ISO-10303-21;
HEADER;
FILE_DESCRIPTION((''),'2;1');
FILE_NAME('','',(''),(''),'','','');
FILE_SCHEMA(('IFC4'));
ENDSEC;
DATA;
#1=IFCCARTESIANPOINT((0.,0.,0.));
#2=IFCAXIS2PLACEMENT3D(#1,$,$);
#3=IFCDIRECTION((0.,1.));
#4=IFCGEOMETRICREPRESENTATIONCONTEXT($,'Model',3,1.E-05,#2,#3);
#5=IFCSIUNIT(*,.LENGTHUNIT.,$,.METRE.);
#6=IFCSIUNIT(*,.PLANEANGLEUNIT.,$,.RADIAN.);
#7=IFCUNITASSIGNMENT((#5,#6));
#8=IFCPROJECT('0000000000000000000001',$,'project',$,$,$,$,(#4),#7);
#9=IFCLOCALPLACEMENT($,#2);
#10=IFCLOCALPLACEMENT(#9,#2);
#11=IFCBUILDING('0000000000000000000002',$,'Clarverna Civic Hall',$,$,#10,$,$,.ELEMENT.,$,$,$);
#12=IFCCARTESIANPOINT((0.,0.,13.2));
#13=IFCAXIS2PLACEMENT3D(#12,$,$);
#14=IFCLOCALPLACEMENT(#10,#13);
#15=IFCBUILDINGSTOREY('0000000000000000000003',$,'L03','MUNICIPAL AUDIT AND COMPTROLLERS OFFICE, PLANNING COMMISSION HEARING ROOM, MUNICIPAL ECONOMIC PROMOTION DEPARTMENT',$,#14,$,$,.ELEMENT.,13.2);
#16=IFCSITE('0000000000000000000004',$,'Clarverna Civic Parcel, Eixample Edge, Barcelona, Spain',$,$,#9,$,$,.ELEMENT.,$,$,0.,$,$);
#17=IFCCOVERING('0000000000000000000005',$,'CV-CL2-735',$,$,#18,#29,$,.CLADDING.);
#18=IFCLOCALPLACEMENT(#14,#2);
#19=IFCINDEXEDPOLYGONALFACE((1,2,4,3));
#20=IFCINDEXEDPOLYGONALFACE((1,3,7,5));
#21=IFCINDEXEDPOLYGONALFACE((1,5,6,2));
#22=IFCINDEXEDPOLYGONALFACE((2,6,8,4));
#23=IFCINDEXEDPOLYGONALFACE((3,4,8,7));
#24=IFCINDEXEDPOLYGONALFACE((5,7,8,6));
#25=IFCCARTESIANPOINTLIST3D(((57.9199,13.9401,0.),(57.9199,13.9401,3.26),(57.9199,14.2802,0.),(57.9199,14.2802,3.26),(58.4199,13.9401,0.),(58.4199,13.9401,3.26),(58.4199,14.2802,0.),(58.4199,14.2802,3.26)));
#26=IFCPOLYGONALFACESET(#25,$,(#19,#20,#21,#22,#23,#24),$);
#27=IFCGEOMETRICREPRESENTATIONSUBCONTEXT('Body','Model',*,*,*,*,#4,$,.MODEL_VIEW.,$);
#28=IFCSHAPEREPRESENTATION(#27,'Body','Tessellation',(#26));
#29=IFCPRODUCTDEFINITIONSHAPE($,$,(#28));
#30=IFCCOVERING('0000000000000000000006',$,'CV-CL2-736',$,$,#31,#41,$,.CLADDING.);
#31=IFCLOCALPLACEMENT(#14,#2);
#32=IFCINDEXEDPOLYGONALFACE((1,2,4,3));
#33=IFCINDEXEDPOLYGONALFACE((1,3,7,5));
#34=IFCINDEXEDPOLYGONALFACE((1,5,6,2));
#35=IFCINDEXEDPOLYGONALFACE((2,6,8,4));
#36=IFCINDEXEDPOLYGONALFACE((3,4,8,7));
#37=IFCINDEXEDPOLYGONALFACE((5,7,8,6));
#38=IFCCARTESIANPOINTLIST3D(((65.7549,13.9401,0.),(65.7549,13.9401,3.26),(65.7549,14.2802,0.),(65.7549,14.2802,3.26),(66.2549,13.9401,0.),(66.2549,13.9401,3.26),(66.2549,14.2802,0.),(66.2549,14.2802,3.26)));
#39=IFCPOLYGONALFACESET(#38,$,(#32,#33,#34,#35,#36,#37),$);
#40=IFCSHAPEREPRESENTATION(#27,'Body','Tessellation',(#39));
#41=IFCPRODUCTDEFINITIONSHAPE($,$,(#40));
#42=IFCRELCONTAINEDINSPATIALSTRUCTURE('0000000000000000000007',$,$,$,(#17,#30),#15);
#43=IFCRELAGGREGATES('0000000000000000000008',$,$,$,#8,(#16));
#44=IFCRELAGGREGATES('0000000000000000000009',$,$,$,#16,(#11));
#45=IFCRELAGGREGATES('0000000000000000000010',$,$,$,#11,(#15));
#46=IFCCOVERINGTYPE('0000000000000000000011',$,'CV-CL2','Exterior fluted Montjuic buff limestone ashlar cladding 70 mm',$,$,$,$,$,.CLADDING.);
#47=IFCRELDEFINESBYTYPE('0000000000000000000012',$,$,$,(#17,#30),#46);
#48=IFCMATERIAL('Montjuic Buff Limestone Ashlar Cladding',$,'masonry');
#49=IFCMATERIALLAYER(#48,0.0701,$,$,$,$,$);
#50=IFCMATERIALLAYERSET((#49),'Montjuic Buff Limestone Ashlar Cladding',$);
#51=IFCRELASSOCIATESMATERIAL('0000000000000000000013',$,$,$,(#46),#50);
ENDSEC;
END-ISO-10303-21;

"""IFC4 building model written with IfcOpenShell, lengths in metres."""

from ifc_helpers import new_model, si_unit, direction, frame, frame_2d, origin, place, context, subcontext, project, spatial, rectangle, extrude, material, layer, layer_set, type_object, element, save


model = new_model("IFC4")

# Units and contexts
model_context = context("Model", 3, precision=1e-05, world=origin(), true_north=direction((0.0, 1.0)))
body_context = subcontext(model_context, "Body", "Model", "MODEL_VIEW")
ifc_project = project(units=[si_unit("LENGTHUNIT", "METRE"), si_unit("PLANEANGLEUNIT", "RADIAN")], contexts=[model_context])

# Site, building, storey
site_placement = place(None, origin())
site = spatial("IfcSite", under=ifc_project, at=site_placement, Name="Clarverna Civic Parcel, Eixample Edge, Barcelona, Spain", CompositionType="ELEMENT", RefElevation=0.0)
building_placement = place(site_placement, origin())
building = spatial("IfcBuilding", under=site, at=building_placement, Name="Clarverna Civic Hall", CompositionType="ELEMENT")
storey_placement = place(building_placement, frame((0.0, 0.0, 13.2)))
storey = spatial("IfcBuildingStorey", under=building, at=storey_placement, Name="L03", Description="MUNICIPAL AUDIT AND COMPTROLLERS OFFICE, PLANNING COMMISSION HEARING ROOM, MUNICIPAL ECONOMIC PROMOTION DEPARTMENT", CompositionType="ELEMENT", Elevation=13.2)

# Coverings
ifc_material_1 = material(Name="Montjuic Buff Limestone Ashlar Cladding", Category="masonry")
ifc_layer_1 = layer(ifc_material_1, 0.0701)
ifc_layer_set_1 = layer_set([ifc_layer_1], Name="Montjuic Buff Limestone Ashlar Cladding")
covering_type = type_object("IfcCoveringType", Name="CV-CL2", Description="Exterior fluted Montjuic buff limestone ashlar cladding 70 mm", PredefinedType="CLADDING", material=ifc_layer_set_1)
for number, where, z_axis, x_axis, name in (
    (1, (57.9199, 14.1101, 0.0), (0.0, 0.0, 1.0), (1.0, 0.0, 0.0), "CV-CL2-735"),
    (2, (65.7549, 14.1101, 0.0), (0.0, 0.0, 1.0), (1.0, 0.0, 0.0), "CV-CL2-736"),
):
    element("IfcCovering", number, at=place(storey_placement, frame(where, z_axis=z_axis, x_axis=x_axis)), inside=storey, type_object=covering_type, Name=name, PredefinedType="CLADDING", context=body_context, shape_type="SweptSolid", body=[
        extrude(rectangle(XDim=0.5, YDim=0.3401, at=frame_2d((0.25, 0.0))), origin(), (0.0, 0.0, 1.0), 3.26),
    ])

save(model, "model.ifc")
